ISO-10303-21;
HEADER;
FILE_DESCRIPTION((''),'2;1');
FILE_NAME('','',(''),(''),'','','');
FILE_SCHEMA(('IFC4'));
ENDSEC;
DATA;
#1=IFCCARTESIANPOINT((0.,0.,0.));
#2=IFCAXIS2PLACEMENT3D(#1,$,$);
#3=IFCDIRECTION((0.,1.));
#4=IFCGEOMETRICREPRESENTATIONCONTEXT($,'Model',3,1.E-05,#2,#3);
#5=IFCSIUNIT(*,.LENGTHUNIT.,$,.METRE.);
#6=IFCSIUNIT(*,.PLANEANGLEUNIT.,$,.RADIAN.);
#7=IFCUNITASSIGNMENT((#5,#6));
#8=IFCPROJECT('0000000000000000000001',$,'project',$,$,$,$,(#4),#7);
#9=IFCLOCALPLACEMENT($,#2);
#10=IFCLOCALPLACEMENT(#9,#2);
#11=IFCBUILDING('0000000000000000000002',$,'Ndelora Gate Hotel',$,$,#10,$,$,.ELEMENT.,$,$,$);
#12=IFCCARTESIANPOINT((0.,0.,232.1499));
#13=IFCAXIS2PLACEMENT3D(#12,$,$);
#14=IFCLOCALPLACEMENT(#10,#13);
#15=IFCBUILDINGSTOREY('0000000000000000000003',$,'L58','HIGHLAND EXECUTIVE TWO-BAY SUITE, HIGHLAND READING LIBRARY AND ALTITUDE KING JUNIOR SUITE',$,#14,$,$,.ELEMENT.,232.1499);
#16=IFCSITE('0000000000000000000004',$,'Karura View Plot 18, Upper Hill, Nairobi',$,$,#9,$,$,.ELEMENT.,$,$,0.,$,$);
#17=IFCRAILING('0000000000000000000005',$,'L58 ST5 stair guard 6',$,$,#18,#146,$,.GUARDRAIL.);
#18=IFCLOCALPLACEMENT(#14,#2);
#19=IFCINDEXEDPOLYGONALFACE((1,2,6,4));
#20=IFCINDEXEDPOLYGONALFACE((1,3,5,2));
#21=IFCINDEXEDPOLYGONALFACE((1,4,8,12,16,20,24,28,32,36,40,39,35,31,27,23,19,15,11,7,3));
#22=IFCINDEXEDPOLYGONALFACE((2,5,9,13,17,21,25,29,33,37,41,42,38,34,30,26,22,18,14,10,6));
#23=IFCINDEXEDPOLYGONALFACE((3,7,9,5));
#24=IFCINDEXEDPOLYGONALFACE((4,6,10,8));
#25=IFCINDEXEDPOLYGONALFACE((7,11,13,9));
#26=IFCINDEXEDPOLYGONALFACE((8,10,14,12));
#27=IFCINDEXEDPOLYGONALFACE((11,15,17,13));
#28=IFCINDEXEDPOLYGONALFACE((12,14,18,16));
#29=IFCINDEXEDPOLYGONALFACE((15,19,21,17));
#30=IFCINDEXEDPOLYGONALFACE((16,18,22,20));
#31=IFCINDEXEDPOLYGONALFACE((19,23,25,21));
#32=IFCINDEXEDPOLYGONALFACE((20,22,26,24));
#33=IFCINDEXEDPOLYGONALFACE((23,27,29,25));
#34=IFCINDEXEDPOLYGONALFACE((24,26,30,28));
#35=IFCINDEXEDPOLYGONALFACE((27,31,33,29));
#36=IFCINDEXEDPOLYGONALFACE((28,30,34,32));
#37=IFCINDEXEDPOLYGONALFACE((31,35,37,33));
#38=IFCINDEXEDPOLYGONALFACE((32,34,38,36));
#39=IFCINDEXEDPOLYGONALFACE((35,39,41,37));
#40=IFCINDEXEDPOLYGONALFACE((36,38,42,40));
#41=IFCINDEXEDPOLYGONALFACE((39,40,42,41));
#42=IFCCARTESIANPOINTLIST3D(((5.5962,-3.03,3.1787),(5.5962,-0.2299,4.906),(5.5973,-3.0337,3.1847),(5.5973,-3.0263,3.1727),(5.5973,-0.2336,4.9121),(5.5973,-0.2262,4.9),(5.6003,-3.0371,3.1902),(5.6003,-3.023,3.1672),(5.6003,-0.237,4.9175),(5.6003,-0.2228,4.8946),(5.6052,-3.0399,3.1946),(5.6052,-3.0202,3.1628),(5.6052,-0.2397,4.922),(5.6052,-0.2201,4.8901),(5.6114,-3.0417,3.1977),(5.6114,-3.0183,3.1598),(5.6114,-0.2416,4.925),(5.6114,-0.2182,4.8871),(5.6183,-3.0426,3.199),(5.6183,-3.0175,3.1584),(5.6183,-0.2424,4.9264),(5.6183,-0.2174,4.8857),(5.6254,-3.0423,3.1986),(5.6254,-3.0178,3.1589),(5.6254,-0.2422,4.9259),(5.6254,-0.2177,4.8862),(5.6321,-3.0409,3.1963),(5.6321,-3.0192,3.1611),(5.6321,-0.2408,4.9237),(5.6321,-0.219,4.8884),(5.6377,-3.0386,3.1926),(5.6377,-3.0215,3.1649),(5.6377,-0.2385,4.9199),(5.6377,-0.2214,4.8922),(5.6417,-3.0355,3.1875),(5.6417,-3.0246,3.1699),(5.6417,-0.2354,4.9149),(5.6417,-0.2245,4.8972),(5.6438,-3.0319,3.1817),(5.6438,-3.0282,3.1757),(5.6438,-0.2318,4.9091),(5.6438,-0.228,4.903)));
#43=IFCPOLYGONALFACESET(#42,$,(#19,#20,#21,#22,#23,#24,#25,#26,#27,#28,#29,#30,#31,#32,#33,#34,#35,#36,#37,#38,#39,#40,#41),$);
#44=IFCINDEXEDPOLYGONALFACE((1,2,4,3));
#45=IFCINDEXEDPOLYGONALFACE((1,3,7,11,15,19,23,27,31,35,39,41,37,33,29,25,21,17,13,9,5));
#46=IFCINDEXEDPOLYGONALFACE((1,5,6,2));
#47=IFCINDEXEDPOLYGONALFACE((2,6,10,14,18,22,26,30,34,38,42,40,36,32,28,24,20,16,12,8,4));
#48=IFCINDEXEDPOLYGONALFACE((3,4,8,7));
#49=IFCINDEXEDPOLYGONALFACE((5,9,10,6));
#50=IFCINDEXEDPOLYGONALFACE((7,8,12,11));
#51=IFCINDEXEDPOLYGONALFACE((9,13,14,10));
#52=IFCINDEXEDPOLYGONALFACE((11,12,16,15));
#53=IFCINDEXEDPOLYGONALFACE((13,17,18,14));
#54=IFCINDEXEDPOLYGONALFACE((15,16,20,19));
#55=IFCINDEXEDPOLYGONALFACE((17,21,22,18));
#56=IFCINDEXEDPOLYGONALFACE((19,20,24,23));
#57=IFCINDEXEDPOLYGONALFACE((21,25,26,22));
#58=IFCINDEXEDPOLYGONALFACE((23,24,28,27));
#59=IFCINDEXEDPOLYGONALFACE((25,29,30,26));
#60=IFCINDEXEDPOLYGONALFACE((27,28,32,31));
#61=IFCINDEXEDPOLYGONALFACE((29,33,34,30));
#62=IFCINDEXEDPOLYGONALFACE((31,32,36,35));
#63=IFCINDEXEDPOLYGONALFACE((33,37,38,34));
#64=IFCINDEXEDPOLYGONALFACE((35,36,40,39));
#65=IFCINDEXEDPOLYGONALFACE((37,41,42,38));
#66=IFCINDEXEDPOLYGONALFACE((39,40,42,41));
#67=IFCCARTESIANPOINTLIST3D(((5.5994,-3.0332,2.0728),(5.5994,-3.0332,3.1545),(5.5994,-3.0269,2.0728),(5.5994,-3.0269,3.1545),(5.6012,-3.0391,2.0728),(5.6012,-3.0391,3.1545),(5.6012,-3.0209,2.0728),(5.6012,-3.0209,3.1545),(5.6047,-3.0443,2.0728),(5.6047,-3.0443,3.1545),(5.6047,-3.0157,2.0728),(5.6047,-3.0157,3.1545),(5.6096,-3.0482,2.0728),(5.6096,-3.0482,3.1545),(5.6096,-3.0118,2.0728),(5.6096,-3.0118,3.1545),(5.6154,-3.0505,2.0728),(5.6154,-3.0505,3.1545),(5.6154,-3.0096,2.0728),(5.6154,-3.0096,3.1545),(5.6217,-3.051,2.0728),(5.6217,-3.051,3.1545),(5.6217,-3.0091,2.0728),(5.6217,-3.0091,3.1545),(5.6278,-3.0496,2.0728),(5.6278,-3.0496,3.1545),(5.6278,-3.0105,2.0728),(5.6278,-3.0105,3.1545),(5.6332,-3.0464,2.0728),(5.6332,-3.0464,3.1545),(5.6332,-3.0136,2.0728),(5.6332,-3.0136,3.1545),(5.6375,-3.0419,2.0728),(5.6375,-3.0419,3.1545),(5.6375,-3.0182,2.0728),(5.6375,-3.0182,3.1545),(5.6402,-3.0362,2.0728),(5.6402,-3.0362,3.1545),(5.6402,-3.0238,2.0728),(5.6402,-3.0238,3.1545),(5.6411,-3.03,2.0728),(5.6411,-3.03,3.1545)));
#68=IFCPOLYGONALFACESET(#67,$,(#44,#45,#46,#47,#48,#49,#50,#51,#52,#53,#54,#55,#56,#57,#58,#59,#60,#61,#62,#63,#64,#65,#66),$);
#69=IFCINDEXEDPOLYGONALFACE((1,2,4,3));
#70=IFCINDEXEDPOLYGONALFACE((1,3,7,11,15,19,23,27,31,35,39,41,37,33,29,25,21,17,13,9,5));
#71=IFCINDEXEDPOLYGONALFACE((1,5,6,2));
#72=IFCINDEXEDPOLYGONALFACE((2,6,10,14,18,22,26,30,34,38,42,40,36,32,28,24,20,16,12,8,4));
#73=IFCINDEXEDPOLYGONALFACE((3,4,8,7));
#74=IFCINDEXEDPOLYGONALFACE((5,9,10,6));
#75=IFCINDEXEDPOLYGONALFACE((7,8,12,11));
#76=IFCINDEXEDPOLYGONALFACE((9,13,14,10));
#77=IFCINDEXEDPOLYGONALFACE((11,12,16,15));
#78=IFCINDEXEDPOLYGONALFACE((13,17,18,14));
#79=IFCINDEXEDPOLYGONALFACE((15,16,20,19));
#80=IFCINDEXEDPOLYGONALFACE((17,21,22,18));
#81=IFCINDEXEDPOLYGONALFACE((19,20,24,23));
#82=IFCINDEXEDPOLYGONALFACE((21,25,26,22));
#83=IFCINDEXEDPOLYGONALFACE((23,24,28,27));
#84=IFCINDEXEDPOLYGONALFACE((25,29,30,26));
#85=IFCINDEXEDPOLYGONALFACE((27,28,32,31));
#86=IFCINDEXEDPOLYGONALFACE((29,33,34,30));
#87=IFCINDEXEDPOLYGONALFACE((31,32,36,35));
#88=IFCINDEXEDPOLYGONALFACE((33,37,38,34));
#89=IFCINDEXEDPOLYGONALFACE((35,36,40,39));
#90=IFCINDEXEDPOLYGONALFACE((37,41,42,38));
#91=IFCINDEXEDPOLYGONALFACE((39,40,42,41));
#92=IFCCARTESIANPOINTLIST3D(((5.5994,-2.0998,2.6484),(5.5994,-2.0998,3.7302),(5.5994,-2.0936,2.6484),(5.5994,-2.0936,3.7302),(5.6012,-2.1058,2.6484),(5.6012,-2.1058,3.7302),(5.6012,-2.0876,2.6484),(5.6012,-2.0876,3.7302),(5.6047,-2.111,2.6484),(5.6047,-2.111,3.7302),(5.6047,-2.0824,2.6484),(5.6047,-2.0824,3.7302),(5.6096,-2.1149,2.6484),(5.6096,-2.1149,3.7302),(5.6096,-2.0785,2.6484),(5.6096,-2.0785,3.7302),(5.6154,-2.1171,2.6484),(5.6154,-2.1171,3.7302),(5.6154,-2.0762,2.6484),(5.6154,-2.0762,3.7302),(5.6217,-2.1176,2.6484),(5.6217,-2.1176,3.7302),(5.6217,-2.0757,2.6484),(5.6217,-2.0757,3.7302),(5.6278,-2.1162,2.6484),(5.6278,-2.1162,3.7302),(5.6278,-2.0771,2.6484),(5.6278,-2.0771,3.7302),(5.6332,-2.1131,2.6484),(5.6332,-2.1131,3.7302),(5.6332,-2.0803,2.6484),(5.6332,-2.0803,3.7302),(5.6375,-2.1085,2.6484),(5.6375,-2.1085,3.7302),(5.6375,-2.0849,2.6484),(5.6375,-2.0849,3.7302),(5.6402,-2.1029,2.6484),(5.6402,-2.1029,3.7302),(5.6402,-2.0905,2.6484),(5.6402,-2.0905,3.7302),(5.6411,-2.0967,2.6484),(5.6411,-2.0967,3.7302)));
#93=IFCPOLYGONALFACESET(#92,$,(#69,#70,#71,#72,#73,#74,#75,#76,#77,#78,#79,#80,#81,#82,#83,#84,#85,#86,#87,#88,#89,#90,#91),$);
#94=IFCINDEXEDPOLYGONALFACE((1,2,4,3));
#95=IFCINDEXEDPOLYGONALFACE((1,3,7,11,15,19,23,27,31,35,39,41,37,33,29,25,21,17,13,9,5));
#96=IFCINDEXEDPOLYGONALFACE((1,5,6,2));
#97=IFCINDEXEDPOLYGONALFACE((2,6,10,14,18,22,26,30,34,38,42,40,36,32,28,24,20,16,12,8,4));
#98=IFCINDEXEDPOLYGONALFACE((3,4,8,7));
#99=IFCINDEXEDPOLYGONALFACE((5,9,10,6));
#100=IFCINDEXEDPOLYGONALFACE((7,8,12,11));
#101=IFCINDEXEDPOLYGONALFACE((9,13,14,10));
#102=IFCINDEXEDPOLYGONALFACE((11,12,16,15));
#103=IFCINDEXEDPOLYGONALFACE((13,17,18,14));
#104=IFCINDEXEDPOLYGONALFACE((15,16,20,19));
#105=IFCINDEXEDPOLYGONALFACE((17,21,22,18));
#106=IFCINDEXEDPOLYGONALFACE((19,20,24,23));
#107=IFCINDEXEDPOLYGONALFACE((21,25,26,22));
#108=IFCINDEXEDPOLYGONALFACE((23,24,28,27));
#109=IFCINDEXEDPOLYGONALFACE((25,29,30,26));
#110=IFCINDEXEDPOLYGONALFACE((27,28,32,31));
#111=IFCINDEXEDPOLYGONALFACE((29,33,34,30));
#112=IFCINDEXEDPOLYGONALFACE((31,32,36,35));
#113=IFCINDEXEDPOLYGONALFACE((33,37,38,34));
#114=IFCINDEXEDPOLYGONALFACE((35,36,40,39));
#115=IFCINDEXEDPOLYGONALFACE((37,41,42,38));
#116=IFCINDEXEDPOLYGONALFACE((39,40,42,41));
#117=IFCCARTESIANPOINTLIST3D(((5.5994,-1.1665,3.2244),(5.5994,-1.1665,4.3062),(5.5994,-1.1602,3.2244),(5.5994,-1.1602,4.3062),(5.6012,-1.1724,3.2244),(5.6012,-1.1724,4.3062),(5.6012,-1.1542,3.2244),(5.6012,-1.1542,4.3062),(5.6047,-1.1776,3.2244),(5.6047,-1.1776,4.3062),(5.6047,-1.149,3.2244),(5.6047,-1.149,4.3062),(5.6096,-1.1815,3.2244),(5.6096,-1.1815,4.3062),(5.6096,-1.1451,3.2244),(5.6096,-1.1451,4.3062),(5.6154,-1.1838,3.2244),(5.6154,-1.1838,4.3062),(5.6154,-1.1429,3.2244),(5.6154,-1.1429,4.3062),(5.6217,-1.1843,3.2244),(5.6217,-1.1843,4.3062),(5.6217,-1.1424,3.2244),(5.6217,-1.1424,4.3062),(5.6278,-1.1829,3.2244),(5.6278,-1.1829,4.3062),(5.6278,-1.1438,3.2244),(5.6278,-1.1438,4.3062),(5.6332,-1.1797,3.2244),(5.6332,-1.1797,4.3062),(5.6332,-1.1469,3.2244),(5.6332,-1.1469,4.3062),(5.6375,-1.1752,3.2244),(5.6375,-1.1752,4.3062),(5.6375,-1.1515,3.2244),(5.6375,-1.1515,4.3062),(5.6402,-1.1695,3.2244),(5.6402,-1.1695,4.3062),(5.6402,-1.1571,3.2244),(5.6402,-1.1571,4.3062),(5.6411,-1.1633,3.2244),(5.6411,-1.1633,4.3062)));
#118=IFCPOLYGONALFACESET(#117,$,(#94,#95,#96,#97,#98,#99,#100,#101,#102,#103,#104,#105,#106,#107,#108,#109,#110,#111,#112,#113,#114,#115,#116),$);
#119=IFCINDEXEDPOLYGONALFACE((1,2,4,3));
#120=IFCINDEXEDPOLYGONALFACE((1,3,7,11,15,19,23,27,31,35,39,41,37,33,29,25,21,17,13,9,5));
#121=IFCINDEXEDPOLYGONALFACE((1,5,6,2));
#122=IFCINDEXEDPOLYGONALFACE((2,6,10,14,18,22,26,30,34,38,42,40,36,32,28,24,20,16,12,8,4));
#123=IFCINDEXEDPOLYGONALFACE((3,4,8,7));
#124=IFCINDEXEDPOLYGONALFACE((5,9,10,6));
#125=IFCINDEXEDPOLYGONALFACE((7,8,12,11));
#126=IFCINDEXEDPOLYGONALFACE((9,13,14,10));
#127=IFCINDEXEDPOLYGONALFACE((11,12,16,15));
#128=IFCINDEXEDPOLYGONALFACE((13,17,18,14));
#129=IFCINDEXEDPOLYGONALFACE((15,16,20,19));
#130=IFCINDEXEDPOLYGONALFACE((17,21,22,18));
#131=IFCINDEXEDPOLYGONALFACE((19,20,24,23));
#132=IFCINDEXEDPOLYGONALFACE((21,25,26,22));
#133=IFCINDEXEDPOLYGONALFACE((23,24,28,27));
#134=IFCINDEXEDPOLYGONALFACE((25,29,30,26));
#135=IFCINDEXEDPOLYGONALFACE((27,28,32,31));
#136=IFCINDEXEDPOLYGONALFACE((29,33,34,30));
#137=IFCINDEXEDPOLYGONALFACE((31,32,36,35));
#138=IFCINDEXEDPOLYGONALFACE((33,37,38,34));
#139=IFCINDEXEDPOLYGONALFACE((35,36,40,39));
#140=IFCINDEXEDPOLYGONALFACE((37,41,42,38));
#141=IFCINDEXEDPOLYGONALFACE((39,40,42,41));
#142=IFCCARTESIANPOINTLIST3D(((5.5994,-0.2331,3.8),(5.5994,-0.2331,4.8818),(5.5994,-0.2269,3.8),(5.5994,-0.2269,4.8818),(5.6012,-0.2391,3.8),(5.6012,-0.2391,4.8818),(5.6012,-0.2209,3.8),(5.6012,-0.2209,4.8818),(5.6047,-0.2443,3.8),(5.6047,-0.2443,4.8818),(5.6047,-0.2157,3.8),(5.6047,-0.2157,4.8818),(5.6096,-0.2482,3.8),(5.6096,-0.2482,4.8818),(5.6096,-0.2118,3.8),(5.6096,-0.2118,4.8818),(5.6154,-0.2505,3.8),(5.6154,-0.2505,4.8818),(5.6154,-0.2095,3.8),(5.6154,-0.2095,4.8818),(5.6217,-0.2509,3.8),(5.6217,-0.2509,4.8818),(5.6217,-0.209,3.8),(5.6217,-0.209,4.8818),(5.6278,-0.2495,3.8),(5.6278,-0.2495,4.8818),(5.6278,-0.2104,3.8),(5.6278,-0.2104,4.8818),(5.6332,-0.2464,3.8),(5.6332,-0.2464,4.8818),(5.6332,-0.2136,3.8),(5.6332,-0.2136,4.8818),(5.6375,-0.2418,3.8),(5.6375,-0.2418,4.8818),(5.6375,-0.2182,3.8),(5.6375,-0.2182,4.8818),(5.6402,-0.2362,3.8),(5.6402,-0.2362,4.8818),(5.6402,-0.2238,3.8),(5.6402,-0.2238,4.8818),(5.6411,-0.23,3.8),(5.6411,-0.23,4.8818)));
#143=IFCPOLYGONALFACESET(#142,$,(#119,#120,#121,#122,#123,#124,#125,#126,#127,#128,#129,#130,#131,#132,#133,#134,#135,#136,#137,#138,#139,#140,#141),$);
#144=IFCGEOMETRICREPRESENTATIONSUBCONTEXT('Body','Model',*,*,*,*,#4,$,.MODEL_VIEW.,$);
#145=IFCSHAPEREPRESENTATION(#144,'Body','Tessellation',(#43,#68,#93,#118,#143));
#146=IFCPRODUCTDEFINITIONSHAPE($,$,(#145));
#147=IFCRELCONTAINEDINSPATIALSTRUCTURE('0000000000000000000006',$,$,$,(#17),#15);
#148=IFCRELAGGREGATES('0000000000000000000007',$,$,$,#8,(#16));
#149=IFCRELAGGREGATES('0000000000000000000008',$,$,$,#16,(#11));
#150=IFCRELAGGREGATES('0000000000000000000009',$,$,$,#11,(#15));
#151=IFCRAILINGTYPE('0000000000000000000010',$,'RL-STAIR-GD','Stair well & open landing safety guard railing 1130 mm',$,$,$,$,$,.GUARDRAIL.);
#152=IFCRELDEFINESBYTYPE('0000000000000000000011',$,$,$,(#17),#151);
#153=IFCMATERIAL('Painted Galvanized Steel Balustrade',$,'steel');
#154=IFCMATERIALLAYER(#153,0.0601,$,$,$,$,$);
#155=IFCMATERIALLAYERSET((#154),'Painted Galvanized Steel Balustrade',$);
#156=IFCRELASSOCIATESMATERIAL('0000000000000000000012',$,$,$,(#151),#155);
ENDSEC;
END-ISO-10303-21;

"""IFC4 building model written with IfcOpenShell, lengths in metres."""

from ifc_helpers import new_model, si_unit, direction, frame, origin, origin_2d, place, context, subcontext, project, spatial, circle, extrude, material, layer, layer_set, type_object, element, save


model = new_model("IFC4")

# Units and contexts
model_context = context("Model", 3, precision=1e-05, world=origin(), true_north=direction((0.0, 1.0)))
body_context = subcontext(model_context, "Body", "Model", "MODEL_VIEW")
ifc_project = project(units=[si_unit("LENGTHUNIT", "METRE"), si_unit("PLANEANGLEUNIT", "RADIAN")], contexts=[model_context])

# Site, building, storey
site_placement = place(None, origin())
site = spatial("IfcSite", under=ifc_project, at=site_placement, Name="Karura View Plot 18, Upper Hill, Nairobi", CompositionType="ELEMENT", RefElevation=0.0)
building_placement = place(site_placement, origin())
building = spatial("IfcBuilding", under=site, at=building_placement, Name="Ndelora Gate Hotel", CompositionType="ELEMENT")
storey_placement = place(building_placement, frame((0.0, 0.0, 232.1499)))
storey = spatial("IfcBuildingStorey", under=building, at=storey_placement, Name="L58", Description="HIGHLAND EXECUTIVE TWO-BAY SUITE, HIGHLAND READING LIBRARY AND ALTITUDE KING JUNIOR SUITE", CompositionType="ELEMENT", Elevation=232.1499)

# Railing
ifc_material_1 = material(Name="Painted Galvanized Steel Balustrade", Category="steel")
ifc_layer_1 = layer(ifc_material_1, 0.0601)
ifc_layer_set_1 = layer_set([ifc_layer_1], Name="Painted Galvanized Steel Balustrade")
railing_type_1 = type_object("IfcRailingType", Name="RL-STAIR-GD", Description="Stair well & open landing safety guard railing 1130 mm", PredefinedType="GUARDRAIL", material=ifc_layer_set_1)
railing_1_placement = place(storey_placement, frame((5.6201, -3.03, 2.0728)))
element("IfcRailing", 1, at=railing_1_placement, inside=storey, type_object=railing_type_1, Name="L58 ST5 stair guard 6", PredefinedType="GUARDRAIL", context=body_context, shape_type="SweptSolid", body=[
    extrude(circle(Radius=0.0239, at=origin_2d()), frame((0.0, 0.0, 1.106), z_axis=(0.0, 0.85109, 0.52502), x_axis=(-1.0, 0.0, 0.0)), (0.0, 0.0, 1.0), 3.29),
    extrude(circle(Radius=0.021, at=origin_2d()), origin(), (0.0, 0.0, 1.0), 1.0818),
    extrude(circle(Radius=0.021, at=origin_2d()), frame((0.0, 0.9333, 0.5757)), (0.0, 0.0, 1.0), 1.0818),
    extrude(circle(Radius=0.021, at=origin_2d()), frame((0.0, 1.8667, 1.1516)), (0.0, 0.0, 1.0), 1.0818),
    extrude(circle(Radius=0.021, at=origin_2d()), frame((0.0, 2.8, 1.7273)), (0.0, 0.0, 1.0), 1.0818),
])

save(model, "model.ifc")
